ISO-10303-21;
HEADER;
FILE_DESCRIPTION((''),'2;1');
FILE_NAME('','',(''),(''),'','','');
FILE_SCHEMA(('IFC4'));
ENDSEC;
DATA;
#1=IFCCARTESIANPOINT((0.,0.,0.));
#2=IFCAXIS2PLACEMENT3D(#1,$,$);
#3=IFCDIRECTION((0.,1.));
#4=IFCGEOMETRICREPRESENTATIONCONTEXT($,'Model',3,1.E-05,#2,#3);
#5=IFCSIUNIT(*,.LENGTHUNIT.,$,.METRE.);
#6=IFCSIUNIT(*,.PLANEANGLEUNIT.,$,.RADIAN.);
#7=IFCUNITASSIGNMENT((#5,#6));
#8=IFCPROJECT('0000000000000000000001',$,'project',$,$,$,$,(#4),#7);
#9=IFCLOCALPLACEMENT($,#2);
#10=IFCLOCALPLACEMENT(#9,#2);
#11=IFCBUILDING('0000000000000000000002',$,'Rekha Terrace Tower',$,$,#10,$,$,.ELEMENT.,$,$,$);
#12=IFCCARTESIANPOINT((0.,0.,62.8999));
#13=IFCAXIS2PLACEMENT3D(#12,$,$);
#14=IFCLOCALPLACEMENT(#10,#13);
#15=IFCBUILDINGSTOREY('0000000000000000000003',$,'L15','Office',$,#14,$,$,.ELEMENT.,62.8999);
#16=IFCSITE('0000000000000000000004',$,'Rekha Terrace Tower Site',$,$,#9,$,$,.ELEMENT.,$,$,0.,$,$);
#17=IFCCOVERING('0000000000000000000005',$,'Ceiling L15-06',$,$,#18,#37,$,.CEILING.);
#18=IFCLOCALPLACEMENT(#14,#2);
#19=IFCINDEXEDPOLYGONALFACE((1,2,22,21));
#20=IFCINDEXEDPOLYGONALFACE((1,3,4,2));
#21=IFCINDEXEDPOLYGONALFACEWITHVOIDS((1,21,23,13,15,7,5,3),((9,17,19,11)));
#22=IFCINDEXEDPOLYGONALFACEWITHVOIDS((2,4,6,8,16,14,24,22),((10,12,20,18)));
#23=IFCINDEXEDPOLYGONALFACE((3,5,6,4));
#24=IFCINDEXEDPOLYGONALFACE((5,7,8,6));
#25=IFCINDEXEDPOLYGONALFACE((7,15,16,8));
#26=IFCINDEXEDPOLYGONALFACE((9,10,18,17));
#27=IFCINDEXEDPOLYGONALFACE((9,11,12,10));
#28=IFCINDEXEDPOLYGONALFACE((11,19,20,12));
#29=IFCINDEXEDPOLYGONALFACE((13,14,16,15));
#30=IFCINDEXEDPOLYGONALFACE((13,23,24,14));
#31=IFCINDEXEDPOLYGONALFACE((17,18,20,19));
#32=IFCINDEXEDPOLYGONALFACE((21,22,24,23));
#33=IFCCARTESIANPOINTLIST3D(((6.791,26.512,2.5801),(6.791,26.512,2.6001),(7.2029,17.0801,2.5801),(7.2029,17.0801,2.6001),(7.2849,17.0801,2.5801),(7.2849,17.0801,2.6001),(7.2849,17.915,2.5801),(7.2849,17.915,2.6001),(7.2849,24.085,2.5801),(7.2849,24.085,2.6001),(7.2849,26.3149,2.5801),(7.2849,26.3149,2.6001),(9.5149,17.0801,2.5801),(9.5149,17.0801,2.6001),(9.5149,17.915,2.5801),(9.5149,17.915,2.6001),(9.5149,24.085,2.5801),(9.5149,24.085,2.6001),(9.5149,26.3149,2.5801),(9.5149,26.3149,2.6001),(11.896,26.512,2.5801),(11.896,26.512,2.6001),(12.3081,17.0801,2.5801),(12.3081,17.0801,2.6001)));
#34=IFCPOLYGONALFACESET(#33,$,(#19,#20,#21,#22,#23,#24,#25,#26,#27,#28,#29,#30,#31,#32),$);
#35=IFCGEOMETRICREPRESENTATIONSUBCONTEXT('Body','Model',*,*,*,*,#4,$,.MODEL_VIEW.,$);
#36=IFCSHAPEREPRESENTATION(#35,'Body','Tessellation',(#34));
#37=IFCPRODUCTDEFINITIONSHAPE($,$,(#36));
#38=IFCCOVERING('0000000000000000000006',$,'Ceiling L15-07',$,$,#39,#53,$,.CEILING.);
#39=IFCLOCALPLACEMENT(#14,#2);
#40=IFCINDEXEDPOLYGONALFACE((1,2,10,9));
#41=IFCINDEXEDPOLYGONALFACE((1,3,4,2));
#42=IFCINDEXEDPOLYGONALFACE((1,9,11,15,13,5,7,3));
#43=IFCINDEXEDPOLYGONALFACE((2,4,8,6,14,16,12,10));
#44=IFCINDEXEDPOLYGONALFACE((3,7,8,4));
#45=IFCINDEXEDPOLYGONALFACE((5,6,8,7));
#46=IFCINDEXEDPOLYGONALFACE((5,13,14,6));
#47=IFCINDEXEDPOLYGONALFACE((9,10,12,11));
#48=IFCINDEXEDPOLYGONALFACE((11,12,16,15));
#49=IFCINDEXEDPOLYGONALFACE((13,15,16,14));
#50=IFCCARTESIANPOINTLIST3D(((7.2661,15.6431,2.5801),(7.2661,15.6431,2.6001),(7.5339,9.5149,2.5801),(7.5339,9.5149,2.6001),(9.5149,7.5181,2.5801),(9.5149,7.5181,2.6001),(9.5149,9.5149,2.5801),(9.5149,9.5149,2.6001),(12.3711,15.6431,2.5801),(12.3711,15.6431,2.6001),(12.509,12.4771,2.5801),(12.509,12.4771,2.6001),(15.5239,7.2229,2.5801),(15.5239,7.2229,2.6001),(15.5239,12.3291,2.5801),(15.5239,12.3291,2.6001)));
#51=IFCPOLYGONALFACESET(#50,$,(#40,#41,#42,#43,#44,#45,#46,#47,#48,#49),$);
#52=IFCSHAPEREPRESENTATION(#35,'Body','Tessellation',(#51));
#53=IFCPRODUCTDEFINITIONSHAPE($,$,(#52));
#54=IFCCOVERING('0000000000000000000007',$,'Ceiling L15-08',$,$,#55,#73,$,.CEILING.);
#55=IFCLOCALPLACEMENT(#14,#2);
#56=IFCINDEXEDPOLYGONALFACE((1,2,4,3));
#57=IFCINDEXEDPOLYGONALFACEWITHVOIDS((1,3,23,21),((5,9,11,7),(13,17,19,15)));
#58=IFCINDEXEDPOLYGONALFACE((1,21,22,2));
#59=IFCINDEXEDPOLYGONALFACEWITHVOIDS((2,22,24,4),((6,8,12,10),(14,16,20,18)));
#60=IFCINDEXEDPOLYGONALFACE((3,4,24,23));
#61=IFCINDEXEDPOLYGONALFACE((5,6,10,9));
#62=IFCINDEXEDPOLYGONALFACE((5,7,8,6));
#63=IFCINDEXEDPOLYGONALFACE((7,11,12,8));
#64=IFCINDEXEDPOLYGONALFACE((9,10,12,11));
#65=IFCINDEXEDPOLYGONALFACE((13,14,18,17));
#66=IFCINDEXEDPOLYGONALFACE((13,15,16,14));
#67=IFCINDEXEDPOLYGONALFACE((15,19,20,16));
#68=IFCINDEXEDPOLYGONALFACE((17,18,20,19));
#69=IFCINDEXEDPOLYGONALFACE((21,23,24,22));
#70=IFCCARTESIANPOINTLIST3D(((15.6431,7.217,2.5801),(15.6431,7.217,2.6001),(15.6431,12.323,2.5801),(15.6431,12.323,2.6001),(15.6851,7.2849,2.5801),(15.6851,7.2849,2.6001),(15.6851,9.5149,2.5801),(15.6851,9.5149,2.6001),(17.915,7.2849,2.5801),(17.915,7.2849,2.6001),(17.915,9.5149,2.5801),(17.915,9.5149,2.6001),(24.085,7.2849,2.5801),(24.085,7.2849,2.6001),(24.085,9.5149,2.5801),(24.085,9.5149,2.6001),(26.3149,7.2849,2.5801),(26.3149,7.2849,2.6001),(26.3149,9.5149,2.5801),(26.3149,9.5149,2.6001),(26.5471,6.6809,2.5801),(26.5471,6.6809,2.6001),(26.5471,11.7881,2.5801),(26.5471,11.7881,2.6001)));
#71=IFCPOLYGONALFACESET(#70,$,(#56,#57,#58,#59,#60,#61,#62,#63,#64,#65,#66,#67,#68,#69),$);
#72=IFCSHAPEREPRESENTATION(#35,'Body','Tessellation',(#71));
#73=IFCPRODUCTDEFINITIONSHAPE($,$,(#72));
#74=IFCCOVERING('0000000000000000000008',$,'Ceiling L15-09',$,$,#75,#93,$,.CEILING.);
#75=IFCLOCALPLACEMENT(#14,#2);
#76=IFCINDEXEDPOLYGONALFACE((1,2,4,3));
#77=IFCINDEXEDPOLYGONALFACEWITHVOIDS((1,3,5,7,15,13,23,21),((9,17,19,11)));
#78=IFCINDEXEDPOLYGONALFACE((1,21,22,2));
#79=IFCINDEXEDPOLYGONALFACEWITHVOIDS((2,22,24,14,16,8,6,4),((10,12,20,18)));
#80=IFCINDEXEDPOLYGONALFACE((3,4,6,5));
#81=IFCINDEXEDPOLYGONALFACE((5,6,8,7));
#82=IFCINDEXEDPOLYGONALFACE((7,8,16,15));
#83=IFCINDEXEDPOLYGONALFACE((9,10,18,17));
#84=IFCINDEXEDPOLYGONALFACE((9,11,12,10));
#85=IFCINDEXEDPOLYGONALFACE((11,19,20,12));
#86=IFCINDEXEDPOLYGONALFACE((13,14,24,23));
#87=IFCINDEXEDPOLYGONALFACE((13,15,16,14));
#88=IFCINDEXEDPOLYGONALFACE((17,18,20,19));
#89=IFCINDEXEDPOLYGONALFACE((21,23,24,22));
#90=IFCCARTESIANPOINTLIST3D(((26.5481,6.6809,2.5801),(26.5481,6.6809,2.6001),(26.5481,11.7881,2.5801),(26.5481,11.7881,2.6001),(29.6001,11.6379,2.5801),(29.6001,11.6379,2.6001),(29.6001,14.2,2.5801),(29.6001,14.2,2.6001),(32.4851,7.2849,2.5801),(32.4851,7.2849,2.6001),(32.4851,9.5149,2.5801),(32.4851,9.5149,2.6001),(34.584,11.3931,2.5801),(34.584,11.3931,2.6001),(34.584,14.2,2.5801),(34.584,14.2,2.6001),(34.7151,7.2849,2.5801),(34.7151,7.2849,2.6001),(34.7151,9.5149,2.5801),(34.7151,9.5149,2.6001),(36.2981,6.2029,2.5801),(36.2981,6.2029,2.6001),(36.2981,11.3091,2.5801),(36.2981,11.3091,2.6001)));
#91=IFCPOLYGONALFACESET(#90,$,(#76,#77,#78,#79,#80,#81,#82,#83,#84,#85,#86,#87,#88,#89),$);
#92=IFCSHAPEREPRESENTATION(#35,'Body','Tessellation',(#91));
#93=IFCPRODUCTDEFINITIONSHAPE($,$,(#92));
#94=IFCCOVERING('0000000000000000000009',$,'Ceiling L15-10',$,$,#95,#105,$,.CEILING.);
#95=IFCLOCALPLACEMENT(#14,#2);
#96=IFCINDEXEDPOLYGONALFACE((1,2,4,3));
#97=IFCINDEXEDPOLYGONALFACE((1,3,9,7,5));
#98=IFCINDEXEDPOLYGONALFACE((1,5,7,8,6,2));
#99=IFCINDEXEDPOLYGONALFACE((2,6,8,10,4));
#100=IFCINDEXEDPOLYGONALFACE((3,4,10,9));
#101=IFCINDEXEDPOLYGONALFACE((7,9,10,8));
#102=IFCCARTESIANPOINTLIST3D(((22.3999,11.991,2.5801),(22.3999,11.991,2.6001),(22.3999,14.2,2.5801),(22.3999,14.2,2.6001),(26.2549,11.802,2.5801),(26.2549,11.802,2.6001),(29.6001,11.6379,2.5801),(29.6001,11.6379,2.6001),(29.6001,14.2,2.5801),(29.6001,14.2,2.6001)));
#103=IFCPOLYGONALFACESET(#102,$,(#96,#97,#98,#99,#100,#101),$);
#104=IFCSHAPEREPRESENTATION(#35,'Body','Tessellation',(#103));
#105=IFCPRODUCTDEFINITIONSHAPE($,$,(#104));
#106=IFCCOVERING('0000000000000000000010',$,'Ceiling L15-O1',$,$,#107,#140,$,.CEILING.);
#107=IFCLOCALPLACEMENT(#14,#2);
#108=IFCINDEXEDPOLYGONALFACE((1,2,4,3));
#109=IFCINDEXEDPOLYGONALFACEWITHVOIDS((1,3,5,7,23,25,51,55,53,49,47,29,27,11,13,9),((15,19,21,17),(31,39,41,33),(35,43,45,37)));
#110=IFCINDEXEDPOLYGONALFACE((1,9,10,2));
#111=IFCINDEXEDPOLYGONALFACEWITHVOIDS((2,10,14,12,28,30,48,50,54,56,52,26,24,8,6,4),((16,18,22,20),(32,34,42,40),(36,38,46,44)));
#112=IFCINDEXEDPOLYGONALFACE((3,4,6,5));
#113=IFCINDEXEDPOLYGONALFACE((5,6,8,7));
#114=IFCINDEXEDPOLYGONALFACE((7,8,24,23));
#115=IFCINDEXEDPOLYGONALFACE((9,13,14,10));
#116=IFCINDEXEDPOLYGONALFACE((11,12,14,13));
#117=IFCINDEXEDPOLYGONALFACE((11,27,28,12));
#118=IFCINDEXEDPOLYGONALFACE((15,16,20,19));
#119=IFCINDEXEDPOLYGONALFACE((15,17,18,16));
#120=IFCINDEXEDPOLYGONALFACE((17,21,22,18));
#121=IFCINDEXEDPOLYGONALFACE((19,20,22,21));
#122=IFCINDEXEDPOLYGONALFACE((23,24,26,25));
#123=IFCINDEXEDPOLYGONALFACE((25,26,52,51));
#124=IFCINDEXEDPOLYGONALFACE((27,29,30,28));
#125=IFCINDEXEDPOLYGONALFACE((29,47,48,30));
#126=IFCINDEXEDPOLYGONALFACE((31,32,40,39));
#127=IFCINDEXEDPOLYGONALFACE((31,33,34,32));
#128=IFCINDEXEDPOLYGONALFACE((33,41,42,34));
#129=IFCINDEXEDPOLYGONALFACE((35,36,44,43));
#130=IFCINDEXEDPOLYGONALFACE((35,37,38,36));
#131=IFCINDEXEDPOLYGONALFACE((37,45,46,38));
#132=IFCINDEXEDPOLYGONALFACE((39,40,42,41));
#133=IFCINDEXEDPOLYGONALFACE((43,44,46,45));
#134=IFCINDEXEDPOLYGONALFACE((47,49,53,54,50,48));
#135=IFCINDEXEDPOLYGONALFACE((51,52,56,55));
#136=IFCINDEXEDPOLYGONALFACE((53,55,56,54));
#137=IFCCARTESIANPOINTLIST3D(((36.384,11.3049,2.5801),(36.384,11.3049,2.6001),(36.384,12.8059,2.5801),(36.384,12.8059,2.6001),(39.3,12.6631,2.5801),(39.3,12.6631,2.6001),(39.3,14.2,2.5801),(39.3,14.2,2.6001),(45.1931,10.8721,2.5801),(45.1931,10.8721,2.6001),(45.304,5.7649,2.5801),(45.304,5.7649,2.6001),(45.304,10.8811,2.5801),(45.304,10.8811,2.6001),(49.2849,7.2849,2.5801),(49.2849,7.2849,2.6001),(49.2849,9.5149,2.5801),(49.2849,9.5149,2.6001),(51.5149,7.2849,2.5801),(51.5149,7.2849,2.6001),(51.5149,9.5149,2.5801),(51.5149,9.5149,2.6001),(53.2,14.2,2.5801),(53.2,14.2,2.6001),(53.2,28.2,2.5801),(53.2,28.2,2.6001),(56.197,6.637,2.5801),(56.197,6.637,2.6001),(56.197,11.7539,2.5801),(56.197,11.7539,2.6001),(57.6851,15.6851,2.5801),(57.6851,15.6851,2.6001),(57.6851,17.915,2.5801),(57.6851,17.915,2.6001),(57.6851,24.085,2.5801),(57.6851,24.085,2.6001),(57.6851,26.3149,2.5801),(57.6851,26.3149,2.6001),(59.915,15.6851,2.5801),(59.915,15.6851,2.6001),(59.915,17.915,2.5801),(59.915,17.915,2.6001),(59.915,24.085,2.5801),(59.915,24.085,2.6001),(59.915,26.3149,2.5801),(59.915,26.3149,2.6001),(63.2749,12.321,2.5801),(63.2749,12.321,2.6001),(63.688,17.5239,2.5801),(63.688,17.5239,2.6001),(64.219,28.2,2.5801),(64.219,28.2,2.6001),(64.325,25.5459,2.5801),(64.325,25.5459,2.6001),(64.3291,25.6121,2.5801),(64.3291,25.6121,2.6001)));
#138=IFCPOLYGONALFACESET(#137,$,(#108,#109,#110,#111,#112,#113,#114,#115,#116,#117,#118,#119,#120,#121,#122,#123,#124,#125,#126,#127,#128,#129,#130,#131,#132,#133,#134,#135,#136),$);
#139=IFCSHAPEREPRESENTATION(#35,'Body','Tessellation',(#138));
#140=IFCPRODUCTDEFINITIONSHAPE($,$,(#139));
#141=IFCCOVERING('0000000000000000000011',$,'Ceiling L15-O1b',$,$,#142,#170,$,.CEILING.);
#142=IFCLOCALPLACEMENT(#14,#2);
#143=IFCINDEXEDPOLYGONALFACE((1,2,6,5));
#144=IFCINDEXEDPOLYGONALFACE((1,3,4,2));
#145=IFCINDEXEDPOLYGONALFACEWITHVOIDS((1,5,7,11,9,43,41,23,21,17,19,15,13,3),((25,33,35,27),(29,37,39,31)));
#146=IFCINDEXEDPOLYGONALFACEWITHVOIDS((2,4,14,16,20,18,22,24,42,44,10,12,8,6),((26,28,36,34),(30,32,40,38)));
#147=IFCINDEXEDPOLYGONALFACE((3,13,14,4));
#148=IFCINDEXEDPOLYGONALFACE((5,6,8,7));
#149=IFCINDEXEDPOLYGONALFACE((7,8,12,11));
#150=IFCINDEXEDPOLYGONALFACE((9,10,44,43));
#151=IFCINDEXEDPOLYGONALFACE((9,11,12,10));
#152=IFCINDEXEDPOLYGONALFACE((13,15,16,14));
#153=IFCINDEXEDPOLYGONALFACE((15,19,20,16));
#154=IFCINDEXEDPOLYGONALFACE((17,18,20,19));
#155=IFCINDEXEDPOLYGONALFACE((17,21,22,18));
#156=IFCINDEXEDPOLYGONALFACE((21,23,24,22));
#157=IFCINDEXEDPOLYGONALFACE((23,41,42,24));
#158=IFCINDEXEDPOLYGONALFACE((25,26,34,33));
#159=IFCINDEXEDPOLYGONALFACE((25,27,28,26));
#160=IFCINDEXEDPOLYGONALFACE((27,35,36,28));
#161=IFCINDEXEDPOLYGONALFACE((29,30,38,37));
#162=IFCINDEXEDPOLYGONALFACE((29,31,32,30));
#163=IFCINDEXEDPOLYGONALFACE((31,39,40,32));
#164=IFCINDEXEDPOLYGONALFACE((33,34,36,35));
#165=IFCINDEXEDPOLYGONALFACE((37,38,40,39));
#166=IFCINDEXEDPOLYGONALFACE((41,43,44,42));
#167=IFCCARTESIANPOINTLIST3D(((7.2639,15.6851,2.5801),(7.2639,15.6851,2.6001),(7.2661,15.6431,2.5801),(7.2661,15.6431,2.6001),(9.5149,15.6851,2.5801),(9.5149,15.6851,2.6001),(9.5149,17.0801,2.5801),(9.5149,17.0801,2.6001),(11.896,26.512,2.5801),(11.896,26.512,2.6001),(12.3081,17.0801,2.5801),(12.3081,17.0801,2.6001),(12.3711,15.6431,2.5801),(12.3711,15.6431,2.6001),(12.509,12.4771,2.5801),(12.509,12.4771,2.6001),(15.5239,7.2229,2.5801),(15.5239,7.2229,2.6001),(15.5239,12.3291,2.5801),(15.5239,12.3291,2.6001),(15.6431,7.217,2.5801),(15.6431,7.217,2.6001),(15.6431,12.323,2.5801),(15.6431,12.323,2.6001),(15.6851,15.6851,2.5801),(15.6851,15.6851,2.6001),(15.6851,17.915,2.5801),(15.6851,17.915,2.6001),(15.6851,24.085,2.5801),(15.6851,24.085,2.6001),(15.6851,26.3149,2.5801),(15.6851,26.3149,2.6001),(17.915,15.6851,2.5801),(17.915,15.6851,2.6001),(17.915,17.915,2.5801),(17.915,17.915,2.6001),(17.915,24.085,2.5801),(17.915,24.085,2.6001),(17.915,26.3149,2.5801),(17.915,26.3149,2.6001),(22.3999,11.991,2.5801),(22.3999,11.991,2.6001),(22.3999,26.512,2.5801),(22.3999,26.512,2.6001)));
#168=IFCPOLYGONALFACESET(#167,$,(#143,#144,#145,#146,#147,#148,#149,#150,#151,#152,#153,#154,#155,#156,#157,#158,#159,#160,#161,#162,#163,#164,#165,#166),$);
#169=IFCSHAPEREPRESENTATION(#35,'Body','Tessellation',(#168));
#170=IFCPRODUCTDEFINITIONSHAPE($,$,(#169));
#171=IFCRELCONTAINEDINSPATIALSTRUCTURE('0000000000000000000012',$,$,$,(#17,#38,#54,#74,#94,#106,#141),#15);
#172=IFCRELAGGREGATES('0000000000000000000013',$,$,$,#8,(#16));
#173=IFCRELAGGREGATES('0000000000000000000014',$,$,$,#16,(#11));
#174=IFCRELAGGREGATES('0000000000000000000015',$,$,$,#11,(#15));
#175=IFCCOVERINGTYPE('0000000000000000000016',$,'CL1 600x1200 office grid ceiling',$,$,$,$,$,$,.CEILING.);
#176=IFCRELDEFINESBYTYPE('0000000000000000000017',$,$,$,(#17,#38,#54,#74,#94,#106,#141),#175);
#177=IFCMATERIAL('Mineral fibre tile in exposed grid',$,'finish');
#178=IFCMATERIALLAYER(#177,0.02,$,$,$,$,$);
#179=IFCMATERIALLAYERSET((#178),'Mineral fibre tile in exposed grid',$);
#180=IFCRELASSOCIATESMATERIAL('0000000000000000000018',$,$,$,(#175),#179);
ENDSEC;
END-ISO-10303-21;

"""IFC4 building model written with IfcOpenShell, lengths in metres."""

from ifc_helpers import new_model, si_unit, direction, frame, origin, place, context, subcontext, project, spatial, polyline, outline, extrude, material, layer, layer_set, type_object, element, save


model = new_model("IFC4")

# Units and contexts
model_context = context("Model", 3, precision=1e-05, world=origin(), true_north=direction((0.0, 1.0)))
body_context = subcontext(model_context, "Body", "Model", "MODEL_VIEW")
ifc_project = project(units=[si_unit("LENGTHUNIT", "METRE"), si_unit("PLANEANGLEUNIT", "RADIAN")], contexts=[model_context])

# Site, building, storey
site_placement = place(None, origin())
site = spatial("IfcSite", under=ifc_project, at=site_placement, Name="Rekha Terrace Tower Site", CompositionType="ELEMENT", RefElevation=0.0)
building_placement = place(site_placement, origin())
building = spatial("IfcBuilding", under=site, at=building_placement, Name="Rekha Terrace Tower", CompositionType="ELEMENT")
storey_placement = place(building_placement, frame((0.0, 0.0, 62.8999)))
storey = spatial("IfcBuildingStorey", under=building, at=storey_placement, Name="L15", Description="Office", CompositionType="ELEMENT", Elevation=62.8999)

# Coverings
ifc_material_1 = material(Name="Mineral fibre tile in exposed grid", Category="finish")
ifc_layer_1 = layer(ifc_material_1, 0.02)
ifc_layer_set_1 = layer_set([ifc_layer_1], Name="Mineral fibre tile in exposed grid")
covering_type_1 = type_object("IfcCoveringType", Name="CL1 600x1200 office grid ceiling", PredefinedType="CEILING", material=ifc_layer_set_1)
covering_1_placement = place(storey_placement, frame((0.0, 0.0, 2.5801)))
element("IfcCovering", 1, at=covering_1_placement, inside=storey, type_object=covering_type_1, Name="Ceiling L15-06", PredefinedType="CEILING", context=body_context, shape_type="SweptSolid", body=[
    extrude(outline(polyline([(9.5149, 17.0801), (12.3081, 17.0801), (11.896, 26.512), (6.791, 26.512), (7.2029, 17.0801), (7.2849, 17.0801), (7.2849, 17.915), (9.5149, 17.915), (9.5149, 17.0801)]), holes=[polyline([(9.5149, 24.085), (7.2849, 24.085), (7.2849, 26.3149), (9.5149, 26.3149), (9.5149, 24.085)])]), origin(), (0.0, 0.0, 1.0), 0.02),
])
covering_2_placement = place(storey_placement, frame((0.0, 0.0, 2.5801)))
element("IfcCovering", 2, at=covering_2_placement, inside=storey, type_object=covering_type_1, Name="Ceiling L15-07", PredefinedType="CEILING", context=body_context, shape_type="SweptSolid", body=[
    extrude(outline(polyline([(12.509, 12.4771), (12.3711, 15.6431), (7.2661, 15.6431), (7.5339, 9.5149), (9.5149, 9.5149), (9.5149, 7.5181), (15.5239, 7.2229), (15.5239, 12.3291), (12.509, 12.4771)])), origin(), (0.0, 0.0, 1.0), 0.02),
])
covering_3_placement = place(storey_placement, frame((0.0, 0.0, 2.5801)))
element("IfcCovering", 3, at=covering_3_placement, inside=storey, type_object=covering_type_1, Name="Ceiling L15-08", PredefinedType="CEILING", context=body_context, shape_type="SweptSolid", body=[
    extrude(outline(polyline([(26.5471, 6.6809), (26.5471, 11.7881), (15.6431, 12.323), (15.6431, 7.217), (26.5471, 6.6809)]), holes=[polyline([(26.3149, 9.5149), (26.3149, 7.2849), (24.085, 7.2849), (24.085, 9.5149), (26.3149, 9.5149)]), polyline([(17.915, 7.2849), (15.6851, 7.2849), (15.6851, 9.5149), (17.915, 9.5149), (17.915, 7.2849)])]), origin(), (0.0, 0.0, 1.0), 0.02),
])
covering_4_placement = place(storey_placement, frame((0.0, 0.0, 2.5801)))
element("IfcCovering", 4, at=covering_4_placement, inside=storey, type_object=covering_type_1, Name="Ceiling L15-09", PredefinedType="CEILING", context=body_context, shape_type="SweptSolid", body=[
    extrude(outline(polyline([(34.584, 14.2), (29.6001, 14.2), (29.6001, 11.6379), (26.5481, 11.7881), (26.5481, 6.6809), (36.2981, 6.2029), (36.2981, 11.3091), (34.584, 11.3931), (34.584, 14.2)]), holes=[polyline([(34.7151, 7.2849), (32.4851, 7.2849), (32.4851, 9.5149), (34.7151, 9.5149), (34.7151, 7.2849)])]), origin(), (0.0, 0.0, 1.0), 0.02),
])
covering_5_placement = place(storey_placement, frame((0.0, 0.0, 2.5801)))
element("IfcCovering", 5, at=covering_5_placement, inside=storey, type_object=covering_type_1, Name="Ceiling L15-10", PredefinedType="CEILING", context=body_context, shape_type="SweptSolid", body=[
    extrude(outline(polyline([(29.6001, 14.2), (22.3999, 14.2), (22.3999, 11.991), (26.2549, 11.802), (29.6001, 11.6379), (29.6001, 14.2)])), origin(), (0.0, 0.0, 1.0), 0.02),
])
covering_6_placement = place(storey_placement, frame((0.0, 0.0, 2.5801)))
element("IfcCovering", 6, at=covering_6_placement, inside=storey, type_object=covering_type_1, Name="Ceiling L15-O1", PredefinedType="CEILING", context=body_context, shape_type="SweptSolid", body=[
    extrude(outline(polyline([(36.384, 11.3049), (45.1931, 10.8721), (45.304, 10.8811), (45.304, 5.7649), (56.197, 6.637), (56.197, 11.7539), (63.2749, 12.321), (63.688, 17.5239), (64.325, 25.5459), (64.3291, 25.6121), (64.219, 28.2), (53.2, 28.2), (53.2, 14.2), (39.3, 14.2), (39.3, 12.6631), (36.384, 12.8059), (36.384, 11.3049)]), holes=[polyline([(59.915, 17.915), (59.915, 15.6851), (57.6851, 15.6851), (57.6851, 17.915), (59.915, 17.915)]), polyline([(59.915, 24.085), (57.6851, 24.085), (57.6851, 26.3149), (59.915, 26.3149), (59.915, 24.085)]), polyline([(51.5149, 7.2849), (49.2849, 7.2849), (49.2849, 9.5149), (51.5149, 9.5149), (51.5149, 7.2849)])]), origin(), (0.0, 0.0, 1.0), 0.02),
])
covering_7_placement = place(storey_placement, frame((0.0, 0.0, 2.5801)))
element("IfcCovering", 7, at=covering_7_placement, inside=storey, type_object=covering_type_1, Name="Ceiling L15-O1b", PredefinedType="CEILING", context=body_context, shape_type="SweptSolid", body=[
    extrude(outline(polyline([(9.5149, 15.6851), (7.2639, 15.6851), (7.2661, 15.6431), (12.3711, 15.6431), (12.509, 12.4771), (15.5239, 12.3291), (15.5239, 7.2229), (15.6431, 7.217), (15.6431, 12.323), (22.3999, 11.991), (22.3999, 26.512), (11.896, 26.512), (12.3081, 17.0801), (9.5149, 17.0801), (9.5149, 15.6851)]), holes=[polyline([(17.915, 15.6851), (15.6851, 15.6851), (15.6851, 17.915), (17.915, 17.915), (17.915, 15.6851)]), polyline([(17.915, 24.085), (15.6851, 24.085), (15.6851, 26.3149), (17.915, 26.3149), (17.915, 24.085)])]), origin(), (0.0, 0.0, 1.0), 0.02),
])

save(model, "model.ifc")
